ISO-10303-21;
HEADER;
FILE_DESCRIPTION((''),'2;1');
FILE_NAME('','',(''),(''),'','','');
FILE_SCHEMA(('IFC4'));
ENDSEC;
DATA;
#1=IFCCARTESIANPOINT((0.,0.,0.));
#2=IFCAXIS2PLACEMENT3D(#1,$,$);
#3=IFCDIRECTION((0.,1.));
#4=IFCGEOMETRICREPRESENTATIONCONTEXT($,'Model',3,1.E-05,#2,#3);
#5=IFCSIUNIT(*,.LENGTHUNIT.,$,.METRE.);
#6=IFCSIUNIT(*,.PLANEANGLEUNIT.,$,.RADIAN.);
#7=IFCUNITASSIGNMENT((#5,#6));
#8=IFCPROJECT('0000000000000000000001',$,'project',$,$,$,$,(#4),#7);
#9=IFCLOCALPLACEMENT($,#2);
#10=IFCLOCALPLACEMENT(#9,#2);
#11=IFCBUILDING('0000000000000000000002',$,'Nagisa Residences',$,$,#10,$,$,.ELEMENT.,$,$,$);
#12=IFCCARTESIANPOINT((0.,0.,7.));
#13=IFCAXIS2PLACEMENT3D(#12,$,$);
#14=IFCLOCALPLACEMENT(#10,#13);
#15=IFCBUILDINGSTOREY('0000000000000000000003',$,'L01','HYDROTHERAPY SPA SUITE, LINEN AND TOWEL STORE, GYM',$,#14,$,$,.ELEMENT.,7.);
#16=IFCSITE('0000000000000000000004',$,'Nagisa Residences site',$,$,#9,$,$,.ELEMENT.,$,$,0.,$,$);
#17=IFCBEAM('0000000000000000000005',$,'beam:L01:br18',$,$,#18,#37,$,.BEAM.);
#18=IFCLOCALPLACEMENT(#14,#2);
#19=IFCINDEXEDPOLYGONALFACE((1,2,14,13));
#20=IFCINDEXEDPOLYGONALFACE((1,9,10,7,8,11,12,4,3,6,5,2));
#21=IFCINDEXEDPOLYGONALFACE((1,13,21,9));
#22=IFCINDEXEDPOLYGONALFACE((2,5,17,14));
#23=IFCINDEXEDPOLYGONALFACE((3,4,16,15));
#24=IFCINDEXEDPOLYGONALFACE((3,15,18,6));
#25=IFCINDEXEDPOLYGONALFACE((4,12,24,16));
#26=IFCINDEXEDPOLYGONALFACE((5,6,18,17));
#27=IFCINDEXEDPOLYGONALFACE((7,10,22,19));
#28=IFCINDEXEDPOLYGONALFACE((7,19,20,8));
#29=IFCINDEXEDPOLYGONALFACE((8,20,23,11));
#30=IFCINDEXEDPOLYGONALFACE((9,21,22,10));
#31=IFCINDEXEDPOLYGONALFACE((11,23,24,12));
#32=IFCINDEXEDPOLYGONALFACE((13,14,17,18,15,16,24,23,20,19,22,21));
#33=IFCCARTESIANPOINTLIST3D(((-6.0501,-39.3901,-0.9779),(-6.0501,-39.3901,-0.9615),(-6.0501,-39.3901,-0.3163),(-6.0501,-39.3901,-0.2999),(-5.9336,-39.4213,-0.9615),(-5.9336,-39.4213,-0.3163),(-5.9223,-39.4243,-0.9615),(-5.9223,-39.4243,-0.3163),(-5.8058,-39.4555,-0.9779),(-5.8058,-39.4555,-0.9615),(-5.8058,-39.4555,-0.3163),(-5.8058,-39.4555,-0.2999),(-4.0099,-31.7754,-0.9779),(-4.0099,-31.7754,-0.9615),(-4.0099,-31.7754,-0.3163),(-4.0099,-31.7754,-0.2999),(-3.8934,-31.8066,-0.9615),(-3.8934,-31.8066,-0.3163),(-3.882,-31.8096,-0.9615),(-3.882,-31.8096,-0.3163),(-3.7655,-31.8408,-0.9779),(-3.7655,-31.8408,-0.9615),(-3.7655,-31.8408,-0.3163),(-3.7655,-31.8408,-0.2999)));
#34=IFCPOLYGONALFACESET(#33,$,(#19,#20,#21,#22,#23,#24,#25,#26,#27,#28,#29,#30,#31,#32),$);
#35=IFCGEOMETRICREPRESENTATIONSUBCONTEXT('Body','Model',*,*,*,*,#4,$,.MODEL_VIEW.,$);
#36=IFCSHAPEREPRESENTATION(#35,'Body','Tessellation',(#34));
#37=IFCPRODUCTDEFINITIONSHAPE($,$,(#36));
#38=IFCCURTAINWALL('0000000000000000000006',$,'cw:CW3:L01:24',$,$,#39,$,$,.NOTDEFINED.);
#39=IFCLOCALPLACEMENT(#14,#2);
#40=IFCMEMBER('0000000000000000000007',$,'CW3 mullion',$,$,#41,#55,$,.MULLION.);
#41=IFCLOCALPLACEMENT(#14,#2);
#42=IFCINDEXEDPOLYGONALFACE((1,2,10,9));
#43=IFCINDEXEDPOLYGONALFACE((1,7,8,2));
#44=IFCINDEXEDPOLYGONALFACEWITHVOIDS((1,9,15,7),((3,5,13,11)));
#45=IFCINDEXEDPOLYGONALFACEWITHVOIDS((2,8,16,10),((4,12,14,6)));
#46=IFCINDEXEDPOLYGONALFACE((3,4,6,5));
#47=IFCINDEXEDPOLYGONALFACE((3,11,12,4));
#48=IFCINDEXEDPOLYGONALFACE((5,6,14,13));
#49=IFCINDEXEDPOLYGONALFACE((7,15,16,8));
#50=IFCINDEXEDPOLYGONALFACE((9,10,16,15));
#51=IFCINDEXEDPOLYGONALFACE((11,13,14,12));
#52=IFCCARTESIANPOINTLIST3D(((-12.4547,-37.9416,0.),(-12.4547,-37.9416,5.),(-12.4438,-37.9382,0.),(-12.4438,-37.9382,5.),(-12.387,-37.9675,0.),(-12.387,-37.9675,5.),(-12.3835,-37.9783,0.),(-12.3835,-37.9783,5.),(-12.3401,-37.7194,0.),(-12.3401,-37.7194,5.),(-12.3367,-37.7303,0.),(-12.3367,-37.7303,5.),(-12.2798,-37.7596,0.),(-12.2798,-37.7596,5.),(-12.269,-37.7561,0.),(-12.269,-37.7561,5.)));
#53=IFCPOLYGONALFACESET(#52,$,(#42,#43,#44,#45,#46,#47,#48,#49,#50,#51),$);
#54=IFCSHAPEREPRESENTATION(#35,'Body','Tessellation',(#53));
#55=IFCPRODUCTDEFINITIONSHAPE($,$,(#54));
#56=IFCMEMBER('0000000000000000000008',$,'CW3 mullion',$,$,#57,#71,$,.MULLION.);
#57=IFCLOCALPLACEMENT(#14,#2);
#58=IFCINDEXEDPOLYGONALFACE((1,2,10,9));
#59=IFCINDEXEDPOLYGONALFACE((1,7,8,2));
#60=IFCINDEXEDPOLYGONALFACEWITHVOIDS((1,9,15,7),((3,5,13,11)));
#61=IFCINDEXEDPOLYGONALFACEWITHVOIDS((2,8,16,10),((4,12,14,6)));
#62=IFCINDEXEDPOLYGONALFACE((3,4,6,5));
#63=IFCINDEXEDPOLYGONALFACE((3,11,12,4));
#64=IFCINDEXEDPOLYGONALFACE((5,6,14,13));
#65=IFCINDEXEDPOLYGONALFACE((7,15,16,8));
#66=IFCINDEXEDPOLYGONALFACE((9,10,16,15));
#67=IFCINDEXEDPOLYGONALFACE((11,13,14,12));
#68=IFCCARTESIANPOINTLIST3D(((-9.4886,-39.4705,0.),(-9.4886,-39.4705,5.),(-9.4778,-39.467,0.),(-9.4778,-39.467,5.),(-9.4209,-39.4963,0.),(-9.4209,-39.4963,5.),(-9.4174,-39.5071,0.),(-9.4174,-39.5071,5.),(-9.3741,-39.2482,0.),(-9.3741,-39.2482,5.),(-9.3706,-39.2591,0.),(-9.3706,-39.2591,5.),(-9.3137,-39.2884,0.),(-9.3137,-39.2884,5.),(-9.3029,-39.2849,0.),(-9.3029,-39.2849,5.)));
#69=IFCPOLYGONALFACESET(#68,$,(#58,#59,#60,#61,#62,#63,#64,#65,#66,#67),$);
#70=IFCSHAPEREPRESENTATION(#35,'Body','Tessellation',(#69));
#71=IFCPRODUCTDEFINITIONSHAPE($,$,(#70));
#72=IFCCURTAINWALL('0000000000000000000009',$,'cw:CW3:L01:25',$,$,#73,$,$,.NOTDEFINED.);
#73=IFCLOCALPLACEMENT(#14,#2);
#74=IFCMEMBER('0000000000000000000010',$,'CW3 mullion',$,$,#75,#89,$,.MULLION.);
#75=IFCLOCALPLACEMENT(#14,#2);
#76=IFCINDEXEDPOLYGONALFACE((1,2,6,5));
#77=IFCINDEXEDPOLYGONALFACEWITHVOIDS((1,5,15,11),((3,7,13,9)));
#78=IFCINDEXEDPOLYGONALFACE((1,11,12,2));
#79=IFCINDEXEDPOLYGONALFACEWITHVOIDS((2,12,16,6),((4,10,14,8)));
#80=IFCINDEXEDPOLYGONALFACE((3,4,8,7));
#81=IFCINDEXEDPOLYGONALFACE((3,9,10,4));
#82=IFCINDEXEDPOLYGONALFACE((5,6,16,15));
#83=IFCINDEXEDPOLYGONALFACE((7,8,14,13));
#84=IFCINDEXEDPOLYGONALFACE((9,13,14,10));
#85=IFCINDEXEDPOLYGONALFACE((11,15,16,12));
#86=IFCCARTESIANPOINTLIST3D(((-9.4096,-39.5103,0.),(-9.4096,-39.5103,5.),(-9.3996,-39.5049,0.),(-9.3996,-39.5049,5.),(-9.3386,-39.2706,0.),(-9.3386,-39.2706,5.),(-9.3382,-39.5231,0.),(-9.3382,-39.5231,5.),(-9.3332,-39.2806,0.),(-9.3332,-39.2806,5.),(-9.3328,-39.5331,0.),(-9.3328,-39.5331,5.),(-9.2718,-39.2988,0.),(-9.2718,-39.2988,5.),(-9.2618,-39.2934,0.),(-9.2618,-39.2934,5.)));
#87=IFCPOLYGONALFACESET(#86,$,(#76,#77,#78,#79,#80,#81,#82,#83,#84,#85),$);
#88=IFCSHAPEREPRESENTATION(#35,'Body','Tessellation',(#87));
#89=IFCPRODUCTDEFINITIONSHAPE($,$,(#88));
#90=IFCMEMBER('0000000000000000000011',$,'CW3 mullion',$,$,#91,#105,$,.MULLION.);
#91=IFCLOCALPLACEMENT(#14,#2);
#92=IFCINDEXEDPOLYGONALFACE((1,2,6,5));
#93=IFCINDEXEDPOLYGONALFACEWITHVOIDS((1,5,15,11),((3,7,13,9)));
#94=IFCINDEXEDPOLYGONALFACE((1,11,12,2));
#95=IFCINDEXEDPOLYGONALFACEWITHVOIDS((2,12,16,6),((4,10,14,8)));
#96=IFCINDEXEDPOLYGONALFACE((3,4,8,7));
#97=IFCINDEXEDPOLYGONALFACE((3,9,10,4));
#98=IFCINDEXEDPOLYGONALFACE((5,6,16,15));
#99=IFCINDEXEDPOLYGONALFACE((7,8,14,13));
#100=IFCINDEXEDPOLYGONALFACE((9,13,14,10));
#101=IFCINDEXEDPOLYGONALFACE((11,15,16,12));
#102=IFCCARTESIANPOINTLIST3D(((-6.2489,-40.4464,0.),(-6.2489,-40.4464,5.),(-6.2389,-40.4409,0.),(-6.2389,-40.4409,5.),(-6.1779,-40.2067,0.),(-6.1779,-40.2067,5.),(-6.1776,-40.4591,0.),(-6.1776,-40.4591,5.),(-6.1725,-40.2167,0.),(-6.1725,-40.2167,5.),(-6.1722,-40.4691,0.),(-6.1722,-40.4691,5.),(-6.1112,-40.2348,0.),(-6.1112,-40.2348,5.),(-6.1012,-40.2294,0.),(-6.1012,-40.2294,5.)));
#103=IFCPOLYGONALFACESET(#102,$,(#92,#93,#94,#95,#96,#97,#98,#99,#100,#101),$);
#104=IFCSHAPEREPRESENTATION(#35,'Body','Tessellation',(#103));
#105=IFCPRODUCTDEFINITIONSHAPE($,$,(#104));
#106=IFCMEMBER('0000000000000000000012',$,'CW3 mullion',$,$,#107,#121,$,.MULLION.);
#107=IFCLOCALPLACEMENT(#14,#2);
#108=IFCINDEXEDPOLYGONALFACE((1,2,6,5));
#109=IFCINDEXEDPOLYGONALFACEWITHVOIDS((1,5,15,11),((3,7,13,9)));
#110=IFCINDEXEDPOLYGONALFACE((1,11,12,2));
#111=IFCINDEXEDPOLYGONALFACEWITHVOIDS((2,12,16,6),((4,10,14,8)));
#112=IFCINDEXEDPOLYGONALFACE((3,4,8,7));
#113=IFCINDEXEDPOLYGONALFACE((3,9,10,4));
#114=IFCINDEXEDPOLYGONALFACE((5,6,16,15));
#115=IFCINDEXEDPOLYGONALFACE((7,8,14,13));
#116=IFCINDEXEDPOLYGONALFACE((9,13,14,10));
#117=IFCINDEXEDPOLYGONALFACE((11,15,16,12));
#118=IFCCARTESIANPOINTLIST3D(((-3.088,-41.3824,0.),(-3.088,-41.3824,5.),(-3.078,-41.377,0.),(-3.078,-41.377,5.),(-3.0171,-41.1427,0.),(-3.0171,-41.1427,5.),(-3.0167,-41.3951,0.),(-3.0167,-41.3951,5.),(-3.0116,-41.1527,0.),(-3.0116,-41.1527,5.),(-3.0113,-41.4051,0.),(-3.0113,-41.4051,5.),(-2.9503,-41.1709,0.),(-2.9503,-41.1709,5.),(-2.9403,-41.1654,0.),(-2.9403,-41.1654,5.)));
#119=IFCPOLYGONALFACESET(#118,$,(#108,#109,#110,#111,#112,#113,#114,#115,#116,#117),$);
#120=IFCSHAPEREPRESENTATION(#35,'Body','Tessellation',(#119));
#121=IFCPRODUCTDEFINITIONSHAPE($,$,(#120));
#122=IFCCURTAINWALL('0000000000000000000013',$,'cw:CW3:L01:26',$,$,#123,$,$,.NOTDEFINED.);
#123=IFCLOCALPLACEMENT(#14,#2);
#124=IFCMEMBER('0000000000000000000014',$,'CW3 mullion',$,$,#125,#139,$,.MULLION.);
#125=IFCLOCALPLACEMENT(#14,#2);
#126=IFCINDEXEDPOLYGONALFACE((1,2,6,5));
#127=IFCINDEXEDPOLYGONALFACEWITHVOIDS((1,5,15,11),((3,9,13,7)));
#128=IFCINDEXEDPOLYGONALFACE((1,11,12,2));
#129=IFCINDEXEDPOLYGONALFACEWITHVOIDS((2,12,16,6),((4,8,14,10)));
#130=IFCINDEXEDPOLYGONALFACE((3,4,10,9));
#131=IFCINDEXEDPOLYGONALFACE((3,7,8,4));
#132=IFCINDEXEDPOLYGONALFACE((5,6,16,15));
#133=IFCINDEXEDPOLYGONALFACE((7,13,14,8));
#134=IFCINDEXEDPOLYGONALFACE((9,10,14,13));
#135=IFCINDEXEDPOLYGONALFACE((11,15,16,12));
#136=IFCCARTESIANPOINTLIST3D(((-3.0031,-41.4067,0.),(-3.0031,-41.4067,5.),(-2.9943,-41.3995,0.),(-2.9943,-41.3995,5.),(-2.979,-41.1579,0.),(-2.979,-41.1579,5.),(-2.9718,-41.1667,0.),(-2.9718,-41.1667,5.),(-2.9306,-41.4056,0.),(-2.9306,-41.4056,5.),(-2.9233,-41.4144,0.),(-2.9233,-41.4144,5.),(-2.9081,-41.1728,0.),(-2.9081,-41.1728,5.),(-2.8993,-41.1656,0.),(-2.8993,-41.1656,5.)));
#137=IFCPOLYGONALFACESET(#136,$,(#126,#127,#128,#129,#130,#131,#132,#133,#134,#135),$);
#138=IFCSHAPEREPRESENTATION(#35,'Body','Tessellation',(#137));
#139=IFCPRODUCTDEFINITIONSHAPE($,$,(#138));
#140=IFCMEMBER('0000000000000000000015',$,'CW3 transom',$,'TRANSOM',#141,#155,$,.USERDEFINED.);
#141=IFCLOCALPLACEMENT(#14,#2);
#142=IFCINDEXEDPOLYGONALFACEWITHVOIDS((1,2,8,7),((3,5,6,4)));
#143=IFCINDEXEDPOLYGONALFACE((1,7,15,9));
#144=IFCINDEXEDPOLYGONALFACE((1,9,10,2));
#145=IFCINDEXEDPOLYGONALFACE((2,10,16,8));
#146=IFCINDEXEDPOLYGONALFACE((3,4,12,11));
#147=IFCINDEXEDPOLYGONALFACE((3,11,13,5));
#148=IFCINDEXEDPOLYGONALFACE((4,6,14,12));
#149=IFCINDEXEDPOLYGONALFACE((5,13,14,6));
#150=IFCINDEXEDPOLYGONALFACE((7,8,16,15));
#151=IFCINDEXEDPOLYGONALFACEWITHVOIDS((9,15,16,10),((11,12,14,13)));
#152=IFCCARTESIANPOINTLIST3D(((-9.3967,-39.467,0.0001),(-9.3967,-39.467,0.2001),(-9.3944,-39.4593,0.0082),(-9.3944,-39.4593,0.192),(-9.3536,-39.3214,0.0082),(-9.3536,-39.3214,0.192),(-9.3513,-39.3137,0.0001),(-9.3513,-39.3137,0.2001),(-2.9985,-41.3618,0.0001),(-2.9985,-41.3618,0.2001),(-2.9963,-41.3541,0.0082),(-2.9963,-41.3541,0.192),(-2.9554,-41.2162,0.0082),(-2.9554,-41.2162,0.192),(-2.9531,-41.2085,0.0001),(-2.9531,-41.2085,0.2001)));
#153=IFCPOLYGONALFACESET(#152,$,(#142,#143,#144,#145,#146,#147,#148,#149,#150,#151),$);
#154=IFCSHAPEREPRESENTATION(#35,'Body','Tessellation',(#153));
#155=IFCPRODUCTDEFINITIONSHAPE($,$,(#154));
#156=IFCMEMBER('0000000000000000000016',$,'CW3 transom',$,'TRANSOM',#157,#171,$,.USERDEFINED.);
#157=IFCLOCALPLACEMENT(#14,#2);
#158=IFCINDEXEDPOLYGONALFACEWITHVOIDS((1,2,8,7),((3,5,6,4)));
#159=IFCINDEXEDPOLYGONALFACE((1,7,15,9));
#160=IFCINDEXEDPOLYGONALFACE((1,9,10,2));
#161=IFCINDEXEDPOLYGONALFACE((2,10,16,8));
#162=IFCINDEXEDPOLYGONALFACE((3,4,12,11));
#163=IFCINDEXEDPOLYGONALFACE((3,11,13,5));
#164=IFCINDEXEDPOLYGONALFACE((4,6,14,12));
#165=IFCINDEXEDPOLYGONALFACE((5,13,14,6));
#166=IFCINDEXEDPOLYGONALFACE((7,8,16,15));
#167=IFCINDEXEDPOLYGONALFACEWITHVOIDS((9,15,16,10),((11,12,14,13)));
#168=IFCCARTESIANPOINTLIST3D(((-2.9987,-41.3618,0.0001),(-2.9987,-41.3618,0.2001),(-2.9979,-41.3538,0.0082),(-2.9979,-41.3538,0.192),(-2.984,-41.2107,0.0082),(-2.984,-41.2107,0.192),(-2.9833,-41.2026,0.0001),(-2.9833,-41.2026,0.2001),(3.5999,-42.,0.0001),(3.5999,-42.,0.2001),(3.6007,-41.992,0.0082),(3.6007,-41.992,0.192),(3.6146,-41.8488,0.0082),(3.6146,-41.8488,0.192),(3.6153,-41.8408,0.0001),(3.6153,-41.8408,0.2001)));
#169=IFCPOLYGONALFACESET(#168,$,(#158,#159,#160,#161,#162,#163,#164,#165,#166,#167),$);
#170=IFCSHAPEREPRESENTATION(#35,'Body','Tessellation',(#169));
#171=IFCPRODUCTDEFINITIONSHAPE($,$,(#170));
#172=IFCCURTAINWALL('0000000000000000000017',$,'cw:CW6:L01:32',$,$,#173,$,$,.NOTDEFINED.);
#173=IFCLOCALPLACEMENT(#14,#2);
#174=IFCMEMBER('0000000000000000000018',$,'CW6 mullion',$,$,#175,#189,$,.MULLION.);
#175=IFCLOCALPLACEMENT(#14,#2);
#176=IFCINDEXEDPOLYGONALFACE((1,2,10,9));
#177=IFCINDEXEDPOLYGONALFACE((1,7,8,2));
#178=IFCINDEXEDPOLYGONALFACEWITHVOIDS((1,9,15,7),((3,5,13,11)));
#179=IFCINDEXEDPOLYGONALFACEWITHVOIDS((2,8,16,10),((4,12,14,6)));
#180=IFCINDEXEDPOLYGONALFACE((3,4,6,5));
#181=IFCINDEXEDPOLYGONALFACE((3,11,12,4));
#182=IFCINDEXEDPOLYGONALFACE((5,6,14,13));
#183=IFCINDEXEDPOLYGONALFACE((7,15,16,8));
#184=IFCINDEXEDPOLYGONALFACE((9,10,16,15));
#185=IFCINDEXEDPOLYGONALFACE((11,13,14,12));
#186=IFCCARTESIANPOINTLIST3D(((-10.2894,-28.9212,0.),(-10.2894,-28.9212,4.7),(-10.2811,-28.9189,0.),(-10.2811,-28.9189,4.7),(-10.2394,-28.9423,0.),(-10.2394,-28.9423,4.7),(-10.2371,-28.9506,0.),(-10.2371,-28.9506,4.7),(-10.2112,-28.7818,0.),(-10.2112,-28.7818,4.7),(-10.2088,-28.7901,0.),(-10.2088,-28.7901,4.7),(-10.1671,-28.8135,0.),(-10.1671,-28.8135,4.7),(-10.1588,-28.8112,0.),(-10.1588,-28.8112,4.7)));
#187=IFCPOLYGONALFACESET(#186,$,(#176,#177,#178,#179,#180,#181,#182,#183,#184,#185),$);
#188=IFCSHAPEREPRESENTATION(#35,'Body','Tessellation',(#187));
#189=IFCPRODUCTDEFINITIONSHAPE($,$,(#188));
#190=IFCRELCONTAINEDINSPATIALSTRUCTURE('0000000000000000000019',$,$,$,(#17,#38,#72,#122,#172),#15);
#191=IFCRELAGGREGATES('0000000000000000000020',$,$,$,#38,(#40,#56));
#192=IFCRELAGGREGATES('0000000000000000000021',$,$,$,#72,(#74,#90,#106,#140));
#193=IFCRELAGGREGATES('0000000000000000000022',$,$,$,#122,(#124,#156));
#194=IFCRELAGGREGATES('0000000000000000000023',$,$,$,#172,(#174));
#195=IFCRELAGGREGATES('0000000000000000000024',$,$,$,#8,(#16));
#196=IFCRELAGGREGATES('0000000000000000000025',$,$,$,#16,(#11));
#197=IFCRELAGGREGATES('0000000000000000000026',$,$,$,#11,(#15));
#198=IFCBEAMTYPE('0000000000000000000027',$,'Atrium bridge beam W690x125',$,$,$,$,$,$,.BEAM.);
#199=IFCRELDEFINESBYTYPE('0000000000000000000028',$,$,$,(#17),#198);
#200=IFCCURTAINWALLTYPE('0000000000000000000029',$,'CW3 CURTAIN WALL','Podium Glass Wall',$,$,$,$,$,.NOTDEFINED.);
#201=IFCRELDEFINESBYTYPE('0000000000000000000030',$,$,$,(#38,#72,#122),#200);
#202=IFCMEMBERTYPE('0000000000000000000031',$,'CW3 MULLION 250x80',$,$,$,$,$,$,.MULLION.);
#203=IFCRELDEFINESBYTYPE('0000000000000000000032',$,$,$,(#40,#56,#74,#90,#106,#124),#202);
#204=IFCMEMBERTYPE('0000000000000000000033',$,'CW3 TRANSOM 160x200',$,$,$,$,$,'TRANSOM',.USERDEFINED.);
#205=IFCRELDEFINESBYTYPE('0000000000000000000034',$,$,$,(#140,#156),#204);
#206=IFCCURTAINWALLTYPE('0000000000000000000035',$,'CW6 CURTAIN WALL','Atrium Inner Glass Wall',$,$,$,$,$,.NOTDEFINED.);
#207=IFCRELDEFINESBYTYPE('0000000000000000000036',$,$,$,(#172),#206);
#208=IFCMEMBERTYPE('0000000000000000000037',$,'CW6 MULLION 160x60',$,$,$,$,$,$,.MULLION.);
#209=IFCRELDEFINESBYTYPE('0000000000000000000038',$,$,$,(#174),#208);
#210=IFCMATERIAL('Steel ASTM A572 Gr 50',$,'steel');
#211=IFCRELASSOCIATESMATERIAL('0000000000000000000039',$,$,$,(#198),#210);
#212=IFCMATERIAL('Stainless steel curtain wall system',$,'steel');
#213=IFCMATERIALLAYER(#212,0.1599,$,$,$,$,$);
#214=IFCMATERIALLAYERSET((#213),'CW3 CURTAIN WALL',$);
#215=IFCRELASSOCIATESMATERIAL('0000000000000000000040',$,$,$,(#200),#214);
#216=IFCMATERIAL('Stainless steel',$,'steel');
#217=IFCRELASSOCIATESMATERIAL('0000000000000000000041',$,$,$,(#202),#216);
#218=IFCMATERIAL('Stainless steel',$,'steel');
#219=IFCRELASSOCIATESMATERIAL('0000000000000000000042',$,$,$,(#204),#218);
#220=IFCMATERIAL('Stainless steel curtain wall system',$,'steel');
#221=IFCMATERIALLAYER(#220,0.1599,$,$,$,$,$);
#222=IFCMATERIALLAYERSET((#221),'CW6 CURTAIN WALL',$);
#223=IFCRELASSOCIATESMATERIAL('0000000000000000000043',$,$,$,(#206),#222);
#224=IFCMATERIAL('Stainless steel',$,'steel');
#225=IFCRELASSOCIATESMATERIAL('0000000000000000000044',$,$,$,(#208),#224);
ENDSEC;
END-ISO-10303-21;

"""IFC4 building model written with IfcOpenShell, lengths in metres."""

from ifc_helpers import new_model, si_unit, direction, frame, origin, origin_2d, place, context, subcontext, project, spatial, hollow_rectangle, i_section, extrude, material, layer, layer_set, material_profile, profile_set, type_object, element, aggregate, save


model = new_model("IFC4")

# Units and contexts
model_context = context("Model", 3, precision=1e-05, world=origin(), true_north=direction((0.0, 1.0)))
body_context = subcontext(model_context, "Body", "Model", "MODEL_VIEW")
ifc_project = project(units=[si_unit("LENGTHUNIT", "METRE"), si_unit("PLANEANGLEUNIT", "RADIAN")], contexts=[model_context])

# Site, building, storey
site_placement = place(None, origin())
site = spatial("IfcSite", under=ifc_project, at=site_placement, Name="Nagisa Residences site", CompositionType="ELEMENT", RefElevation=0.0)
building_placement = place(site_placement, origin())
building = spatial("IfcBuilding", under=site, at=building_placement, Name="Nagisa Residences", CompositionType="ELEMENT")
storey_placement = place(building_placement, frame((0.0, 0.0, 7.0)))
storey = spatial("IfcBuildingStorey", under=building, at=storey_placement, Name="L01", Description="HYDROTHERAPY SPA SUITE, LINEN AND TOWEL STORE, GYM", CompositionType="ELEMENT", Elevation=7.0)

# Beam
ifc_material_1 = material(Name="Steel ASTM A572 Gr 50", Category="steel")
ifc_material_profile_1 = material_profile(ifc_material_1, i_section(OverallWidth=0.2529, OverallDepth=0.678, WebThickness=0.0117, FlangeThickness=0.0164, at=origin_2d()), Name="W690x125")
ifc_profile_set_1 = profile_set([ifc_material_profile_1], Name="Steel ASTM A572 Gr 50")
beam_type_1 = type_object("IfcBeamType", Name="Atrium bridge beam W690x125", PredefinedType="BEAM", material=ifc_profile_set_1)
beam_1_placement = place(storey_placement, frame((-3.8877, -31.8081, -0.6389), z_axis=(-0.258809, -0.965928, 0.0), x_axis=(0.965928, -0.258809, 0.0)))
element("IfcBeam", 1, at=beam_1_placement, inside=storey, type_object=beam_type_1, Name="beam:L01:br18", PredefinedType="BEAM", context=body_context, shape_type="SweptSolid", body=[
    extrude(i_section(OverallWidth=0.2529, OverallDepth=0.678, WebThickness=0.0117, FlangeThickness=0.0164, at=origin_2d()), origin(), (0.0, 0.0, 1.0), 7.8833),
])

# Curtain walls, members
ifc_material_2 = material(Name="Stainless steel curtain wall system", Category="steel")
ifc_layer_1 = layer(ifc_material_2, 0.1599)
ifc_layer_set_1 = layer_set([ifc_layer_1], Name="CW3 CURTAIN WALL")
curtain_wall_type_1 = type_object("IfcCurtainWallType", Name="CW3 CURTAIN WALL", Description="Podium Glass Wall", PredefinedType="NOTDEFINED", material=ifc_layer_set_1)
curtain_wall_1_placement = place(storey_placement, origin())
curtain_wall_1 = element("IfcCurtainWall", 2, at=curtain_wall_1_placement, inside=storey, type_object=curtain_wall_type_1, Name="cw:CW3:L01:24", PredefinedType="NOTDEFINED")
ifc_material_3 = material(Name="Stainless steel", Category="steel")
ifc_material_profile_2 = material_profile(ifc_material_3, hollow_rectangle(XDim=0.25, YDim=0.0801, WallThickness=0.0081, at=origin_2d()), Name="CW3 MULLION 250x80")
ifc_profile_set_2 = profile_set([ifc_material_profile_2], Name="Stainless steel")
member_type_1 = type_object("IfcMemberType", Name="CW3 MULLION 250x80", PredefinedType="MULLION", material=ifc_profile_set_2)
member_1_placement = place(storey_placement, frame((-12.3618, -37.8489, 0.0), z_axis=(0.0, 0.0, 1.0), x_axis=(0.458126, 0.888887, 0.0)))
member_1 = element("IfcMember", 3, at=member_1_placement, type_object=member_type_1, Name="CW3 mullion", PredefinedType="MULLION", context=body_context, shape_type="SweptSolid", body=[
    extrude(hollow_rectangle(XDim=0.25, YDim=0.0801, WallThickness=0.0081, at=origin_2d()), origin(), (0.0, 0.0, 1.0), 5.0),
])
member_2_placement = place(storey_placement, frame((-9.3958, -39.3777, 0.0), z_axis=(0.0, 0.0, 1.0), x_axis=(0.458126, 0.888887, 0.0)))
member_2 = element("IfcMember", 4, at=member_2_placement, type_object=member_type_1, Name="CW3 mullion", PredefinedType="MULLION", context=body_context, shape_type="SweptSolid", body=[
    extrude(hollow_rectangle(XDim=0.25, YDim=0.0801, WallThickness=0.0081, at=origin_2d()), origin(), (0.0, 0.0, 1.0), 5.0),
])
curtain_wall_2_placement = place(storey_placement, origin())
curtain_wall_2 = element("IfcCurtainWall", 5, at=curtain_wall_2_placement, inside=storey, type_object=curtain_wall_type_1, Name="cw:CW3:L01:25", PredefinedType="NOTDEFINED")
member_3_placement = place(storey_placement, frame((-9.3357, -39.4019, 0.0), z_axis=(0.0, 0.0, 1.0), x_axis=(0.283963, 0.958835, 0.0)))
member_3 = element("IfcMember", 6, at=member_3_placement, type_object=member_type_1, Name="CW3 mullion", PredefinedType="MULLION", context=body_context, shape_type="SweptSolid", body=[
    extrude(hollow_rectangle(XDim=0.25, YDim=0.0801, WallThickness=0.0081, at=origin_2d()), origin(), (0.0, 0.0, 1.0), 5.0),
])
member_4_placement = place(storey_placement, frame((-6.175, -40.3379, 0.0), z_axis=(0.0, 0.0, 1.0), x_axis=(0.283963, 0.958835, 0.0)))
member_4 = element("IfcMember", 7, at=member_4_placement, type_object=member_type_1, Name="CW3 mullion", PredefinedType="MULLION", context=body_context, shape_type="SweptSolid", body=[
    extrude(hollow_rectangle(XDim=0.25, YDim=0.0801, WallThickness=0.0081, at=origin_2d()), origin(), (0.0, 0.0, 1.0), 5.0),
])
member_5_placement = place(storey_placement, frame((-3.0142, -41.2739, 0.0), z_axis=(0.0, 0.0, 1.0), x_axis=(0.283963, 0.958835, 0.0)))
member_5 = element("IfcMember", 8, at=member_5_placement, type_object=member_type_1, Name="CW3 mullion", PredefinedType="MULLION", context=body_context, shape_type="SweptSolid", body=[
    extrude(hollow_rectangle(XDim=0.25, YDim=0.0801, WallThickness=0.0081, at=origin_2d()), origin(), (0.0, 0.0, 1.0), 5.0),
])

# Curtain wall, member
curtain_wall_3_placement = place(storey_placement, origin())
curtain_wall_3 = element("IfcCurtainWall", 9, at=curtain_wall_3_placement, inside=storey, type_object=curtain_wall_type_1, Name="cw:CW3:L01:26", PredefinedType="NOTDEFINED")
member_6_placement = place(storey_placement, frame((-2.9512, -41.2861, 0.0), z_axis=(0.0, 0.0, 1.0), x_axis=(0.096249, 0.995357, 0.0)))
member_6 = element("IfcMember", 10, at=member_6_placement, type_object=member_type_1, Name="CW3 mullion", PredefinedType="MULLION", context=body_context, shape_type="SweptSolid", body=[
    extrude(hollow_rectangle(XDim=0.25, YDim=0.0801, WallThickness=0.0081, at=origin_2d()), origin(), (0.0, 0.0, 1.0), 5.0),
])

# Members
ifc_material_4 = material(Name="Stainless steel", Category="steel")
ifc_material_profile_3 = material_profile(ifc_material_4, hollow_rectangle(XDim=0.1599, YDim=0.2, WallThickness=0.0081, at=origin_2d()), Name="CW3 TRANSOM 160x200")
ifc_profile_set_3 = profile_set([ifc_material_profile_3], Name="Stainless steel")
member_type_2 = type_object("IfcMemberType", Name="CW3 TRANSOM 160x200", ElementType="TRANSOM", PredefinedType="USERDEFINED", material=ifc_profile_set_3)
member_7_placement = place(storey_placement, frame((-9.374, -39.3904, 0.1001), z_axis=(0.958838, -0.283953, 0.0), x_axis=(0.283953, 0.958838, 0.0)))
member_7 = element("IfcMember", 11, at=member_7_placement, type_object=member_type_2, Name="CW3 transom", ObjectType="TRANSOM", PredefinedType="USERDEFINED", context=body_context, shape_type="SweptSolid", body=[
    extrude(hollow_rectangle(XDim=0.1599, YDim=0.2, WallThickness=0.0081, at=origin_2d()), origin(), (0.0, 0.0, 1.0), 6.6729),
])
member_8_placement = place(storey_placement, frame((-2.991, -41.2822, 0.1001), z_axis=(0.995356, -0.096265, 0.0), x_axis=(0.096265, 0.995356, 0.0)))
member_8 = element("IfcMember", 12, at=member_8_placement, type_object=member_type_2, Name="CW3 transom", ObjectType="TRANSOM", PredefinedType="USERDEFINED", context=body_context, shape_type="SweptSolid", body=[
    extrude(hollow_rectangle(XDim=0.1599, YDim=0.2, WallThickness=0.0081, at=origin_2d()), origin(), (0.0, 0.0, 1.0), 6.6294),
])

# Curtain wall, member
ifc_material_5 = material(Name="Stainless steel curtain wall system", Category="steel")
ifc_layer_2 = layer(ifc_material_5, 0.1599)
ifc_layer_set_2 = layer_set([ifc_layer_2], Name="CW6 CURTAIN WALL")
curtain_wall_type_2 = type_object("IfcCurtainWallType", Name="CW6 CURTAIN WALL", Description="Atrium Inner Glass Wall", PredefinedType="NOTDEFINED", material=ifc_layer_set_2)
curtain_wall_4_placement = place(storey_placement, origin())
curtain_wall_4 = element("IfcCurtainWall", 13, at=curtain_wall_4_placement, inside=storey, type_object=curtain_wall_type_2, Name="cw:CW6:L01:32", PredefinedType="NOTDEFINED")
ifc_material_6 = material(Name="Stainless steel", Category="steel")
ifc_material_profile_4 = material_profile(ifc_material_6, hollow_rectangle(XDim=0.1599, YDim=0.0601, WallThickness=0.0061, at=origin_2d()), Name="CW6 MULLION 160x60")
ifc_profile_set_4 = profile_set([ifc_material_profile_4], Name="Stainless steel")
member_type_3 = type_object("IfcMemberType", Name="CW6 MULLION 160x60", PredefinedType="MULLION", material=ifc_profile_set_4)
member_9_placement = place(storey_placement, frame((-10.2241, -28.8662, 0.0), z_axis=(0.0, 0.0, 1.0), x_axis=(0.489377, 0.872072, 0.0)))
member_9 = element("IfcMember", 14, at=member_9_placement, type_object=member_type_3, Name="CW6 mullion", PredefinedType="MULLION", context=body_context, shape_type="SweptSolid", body=[
    extrude(hollow_rectangle(XDim=0.1599, YDim=0.0601, WallThickness=0.0061, at=origin_2d()), origin(), (0.0, 0.0, 1.0), 4.7),
])

aggregate(curtain_wall_1, [member_1, member_2])
aggregate(curtain_wall_2, [member_3, member_4, member_5, member_7])
aggregate(curtain_wall_3, [member_6, member_8])

aggregate(curtain_wall_4, [member_9])

save(model, "model.ifc")
